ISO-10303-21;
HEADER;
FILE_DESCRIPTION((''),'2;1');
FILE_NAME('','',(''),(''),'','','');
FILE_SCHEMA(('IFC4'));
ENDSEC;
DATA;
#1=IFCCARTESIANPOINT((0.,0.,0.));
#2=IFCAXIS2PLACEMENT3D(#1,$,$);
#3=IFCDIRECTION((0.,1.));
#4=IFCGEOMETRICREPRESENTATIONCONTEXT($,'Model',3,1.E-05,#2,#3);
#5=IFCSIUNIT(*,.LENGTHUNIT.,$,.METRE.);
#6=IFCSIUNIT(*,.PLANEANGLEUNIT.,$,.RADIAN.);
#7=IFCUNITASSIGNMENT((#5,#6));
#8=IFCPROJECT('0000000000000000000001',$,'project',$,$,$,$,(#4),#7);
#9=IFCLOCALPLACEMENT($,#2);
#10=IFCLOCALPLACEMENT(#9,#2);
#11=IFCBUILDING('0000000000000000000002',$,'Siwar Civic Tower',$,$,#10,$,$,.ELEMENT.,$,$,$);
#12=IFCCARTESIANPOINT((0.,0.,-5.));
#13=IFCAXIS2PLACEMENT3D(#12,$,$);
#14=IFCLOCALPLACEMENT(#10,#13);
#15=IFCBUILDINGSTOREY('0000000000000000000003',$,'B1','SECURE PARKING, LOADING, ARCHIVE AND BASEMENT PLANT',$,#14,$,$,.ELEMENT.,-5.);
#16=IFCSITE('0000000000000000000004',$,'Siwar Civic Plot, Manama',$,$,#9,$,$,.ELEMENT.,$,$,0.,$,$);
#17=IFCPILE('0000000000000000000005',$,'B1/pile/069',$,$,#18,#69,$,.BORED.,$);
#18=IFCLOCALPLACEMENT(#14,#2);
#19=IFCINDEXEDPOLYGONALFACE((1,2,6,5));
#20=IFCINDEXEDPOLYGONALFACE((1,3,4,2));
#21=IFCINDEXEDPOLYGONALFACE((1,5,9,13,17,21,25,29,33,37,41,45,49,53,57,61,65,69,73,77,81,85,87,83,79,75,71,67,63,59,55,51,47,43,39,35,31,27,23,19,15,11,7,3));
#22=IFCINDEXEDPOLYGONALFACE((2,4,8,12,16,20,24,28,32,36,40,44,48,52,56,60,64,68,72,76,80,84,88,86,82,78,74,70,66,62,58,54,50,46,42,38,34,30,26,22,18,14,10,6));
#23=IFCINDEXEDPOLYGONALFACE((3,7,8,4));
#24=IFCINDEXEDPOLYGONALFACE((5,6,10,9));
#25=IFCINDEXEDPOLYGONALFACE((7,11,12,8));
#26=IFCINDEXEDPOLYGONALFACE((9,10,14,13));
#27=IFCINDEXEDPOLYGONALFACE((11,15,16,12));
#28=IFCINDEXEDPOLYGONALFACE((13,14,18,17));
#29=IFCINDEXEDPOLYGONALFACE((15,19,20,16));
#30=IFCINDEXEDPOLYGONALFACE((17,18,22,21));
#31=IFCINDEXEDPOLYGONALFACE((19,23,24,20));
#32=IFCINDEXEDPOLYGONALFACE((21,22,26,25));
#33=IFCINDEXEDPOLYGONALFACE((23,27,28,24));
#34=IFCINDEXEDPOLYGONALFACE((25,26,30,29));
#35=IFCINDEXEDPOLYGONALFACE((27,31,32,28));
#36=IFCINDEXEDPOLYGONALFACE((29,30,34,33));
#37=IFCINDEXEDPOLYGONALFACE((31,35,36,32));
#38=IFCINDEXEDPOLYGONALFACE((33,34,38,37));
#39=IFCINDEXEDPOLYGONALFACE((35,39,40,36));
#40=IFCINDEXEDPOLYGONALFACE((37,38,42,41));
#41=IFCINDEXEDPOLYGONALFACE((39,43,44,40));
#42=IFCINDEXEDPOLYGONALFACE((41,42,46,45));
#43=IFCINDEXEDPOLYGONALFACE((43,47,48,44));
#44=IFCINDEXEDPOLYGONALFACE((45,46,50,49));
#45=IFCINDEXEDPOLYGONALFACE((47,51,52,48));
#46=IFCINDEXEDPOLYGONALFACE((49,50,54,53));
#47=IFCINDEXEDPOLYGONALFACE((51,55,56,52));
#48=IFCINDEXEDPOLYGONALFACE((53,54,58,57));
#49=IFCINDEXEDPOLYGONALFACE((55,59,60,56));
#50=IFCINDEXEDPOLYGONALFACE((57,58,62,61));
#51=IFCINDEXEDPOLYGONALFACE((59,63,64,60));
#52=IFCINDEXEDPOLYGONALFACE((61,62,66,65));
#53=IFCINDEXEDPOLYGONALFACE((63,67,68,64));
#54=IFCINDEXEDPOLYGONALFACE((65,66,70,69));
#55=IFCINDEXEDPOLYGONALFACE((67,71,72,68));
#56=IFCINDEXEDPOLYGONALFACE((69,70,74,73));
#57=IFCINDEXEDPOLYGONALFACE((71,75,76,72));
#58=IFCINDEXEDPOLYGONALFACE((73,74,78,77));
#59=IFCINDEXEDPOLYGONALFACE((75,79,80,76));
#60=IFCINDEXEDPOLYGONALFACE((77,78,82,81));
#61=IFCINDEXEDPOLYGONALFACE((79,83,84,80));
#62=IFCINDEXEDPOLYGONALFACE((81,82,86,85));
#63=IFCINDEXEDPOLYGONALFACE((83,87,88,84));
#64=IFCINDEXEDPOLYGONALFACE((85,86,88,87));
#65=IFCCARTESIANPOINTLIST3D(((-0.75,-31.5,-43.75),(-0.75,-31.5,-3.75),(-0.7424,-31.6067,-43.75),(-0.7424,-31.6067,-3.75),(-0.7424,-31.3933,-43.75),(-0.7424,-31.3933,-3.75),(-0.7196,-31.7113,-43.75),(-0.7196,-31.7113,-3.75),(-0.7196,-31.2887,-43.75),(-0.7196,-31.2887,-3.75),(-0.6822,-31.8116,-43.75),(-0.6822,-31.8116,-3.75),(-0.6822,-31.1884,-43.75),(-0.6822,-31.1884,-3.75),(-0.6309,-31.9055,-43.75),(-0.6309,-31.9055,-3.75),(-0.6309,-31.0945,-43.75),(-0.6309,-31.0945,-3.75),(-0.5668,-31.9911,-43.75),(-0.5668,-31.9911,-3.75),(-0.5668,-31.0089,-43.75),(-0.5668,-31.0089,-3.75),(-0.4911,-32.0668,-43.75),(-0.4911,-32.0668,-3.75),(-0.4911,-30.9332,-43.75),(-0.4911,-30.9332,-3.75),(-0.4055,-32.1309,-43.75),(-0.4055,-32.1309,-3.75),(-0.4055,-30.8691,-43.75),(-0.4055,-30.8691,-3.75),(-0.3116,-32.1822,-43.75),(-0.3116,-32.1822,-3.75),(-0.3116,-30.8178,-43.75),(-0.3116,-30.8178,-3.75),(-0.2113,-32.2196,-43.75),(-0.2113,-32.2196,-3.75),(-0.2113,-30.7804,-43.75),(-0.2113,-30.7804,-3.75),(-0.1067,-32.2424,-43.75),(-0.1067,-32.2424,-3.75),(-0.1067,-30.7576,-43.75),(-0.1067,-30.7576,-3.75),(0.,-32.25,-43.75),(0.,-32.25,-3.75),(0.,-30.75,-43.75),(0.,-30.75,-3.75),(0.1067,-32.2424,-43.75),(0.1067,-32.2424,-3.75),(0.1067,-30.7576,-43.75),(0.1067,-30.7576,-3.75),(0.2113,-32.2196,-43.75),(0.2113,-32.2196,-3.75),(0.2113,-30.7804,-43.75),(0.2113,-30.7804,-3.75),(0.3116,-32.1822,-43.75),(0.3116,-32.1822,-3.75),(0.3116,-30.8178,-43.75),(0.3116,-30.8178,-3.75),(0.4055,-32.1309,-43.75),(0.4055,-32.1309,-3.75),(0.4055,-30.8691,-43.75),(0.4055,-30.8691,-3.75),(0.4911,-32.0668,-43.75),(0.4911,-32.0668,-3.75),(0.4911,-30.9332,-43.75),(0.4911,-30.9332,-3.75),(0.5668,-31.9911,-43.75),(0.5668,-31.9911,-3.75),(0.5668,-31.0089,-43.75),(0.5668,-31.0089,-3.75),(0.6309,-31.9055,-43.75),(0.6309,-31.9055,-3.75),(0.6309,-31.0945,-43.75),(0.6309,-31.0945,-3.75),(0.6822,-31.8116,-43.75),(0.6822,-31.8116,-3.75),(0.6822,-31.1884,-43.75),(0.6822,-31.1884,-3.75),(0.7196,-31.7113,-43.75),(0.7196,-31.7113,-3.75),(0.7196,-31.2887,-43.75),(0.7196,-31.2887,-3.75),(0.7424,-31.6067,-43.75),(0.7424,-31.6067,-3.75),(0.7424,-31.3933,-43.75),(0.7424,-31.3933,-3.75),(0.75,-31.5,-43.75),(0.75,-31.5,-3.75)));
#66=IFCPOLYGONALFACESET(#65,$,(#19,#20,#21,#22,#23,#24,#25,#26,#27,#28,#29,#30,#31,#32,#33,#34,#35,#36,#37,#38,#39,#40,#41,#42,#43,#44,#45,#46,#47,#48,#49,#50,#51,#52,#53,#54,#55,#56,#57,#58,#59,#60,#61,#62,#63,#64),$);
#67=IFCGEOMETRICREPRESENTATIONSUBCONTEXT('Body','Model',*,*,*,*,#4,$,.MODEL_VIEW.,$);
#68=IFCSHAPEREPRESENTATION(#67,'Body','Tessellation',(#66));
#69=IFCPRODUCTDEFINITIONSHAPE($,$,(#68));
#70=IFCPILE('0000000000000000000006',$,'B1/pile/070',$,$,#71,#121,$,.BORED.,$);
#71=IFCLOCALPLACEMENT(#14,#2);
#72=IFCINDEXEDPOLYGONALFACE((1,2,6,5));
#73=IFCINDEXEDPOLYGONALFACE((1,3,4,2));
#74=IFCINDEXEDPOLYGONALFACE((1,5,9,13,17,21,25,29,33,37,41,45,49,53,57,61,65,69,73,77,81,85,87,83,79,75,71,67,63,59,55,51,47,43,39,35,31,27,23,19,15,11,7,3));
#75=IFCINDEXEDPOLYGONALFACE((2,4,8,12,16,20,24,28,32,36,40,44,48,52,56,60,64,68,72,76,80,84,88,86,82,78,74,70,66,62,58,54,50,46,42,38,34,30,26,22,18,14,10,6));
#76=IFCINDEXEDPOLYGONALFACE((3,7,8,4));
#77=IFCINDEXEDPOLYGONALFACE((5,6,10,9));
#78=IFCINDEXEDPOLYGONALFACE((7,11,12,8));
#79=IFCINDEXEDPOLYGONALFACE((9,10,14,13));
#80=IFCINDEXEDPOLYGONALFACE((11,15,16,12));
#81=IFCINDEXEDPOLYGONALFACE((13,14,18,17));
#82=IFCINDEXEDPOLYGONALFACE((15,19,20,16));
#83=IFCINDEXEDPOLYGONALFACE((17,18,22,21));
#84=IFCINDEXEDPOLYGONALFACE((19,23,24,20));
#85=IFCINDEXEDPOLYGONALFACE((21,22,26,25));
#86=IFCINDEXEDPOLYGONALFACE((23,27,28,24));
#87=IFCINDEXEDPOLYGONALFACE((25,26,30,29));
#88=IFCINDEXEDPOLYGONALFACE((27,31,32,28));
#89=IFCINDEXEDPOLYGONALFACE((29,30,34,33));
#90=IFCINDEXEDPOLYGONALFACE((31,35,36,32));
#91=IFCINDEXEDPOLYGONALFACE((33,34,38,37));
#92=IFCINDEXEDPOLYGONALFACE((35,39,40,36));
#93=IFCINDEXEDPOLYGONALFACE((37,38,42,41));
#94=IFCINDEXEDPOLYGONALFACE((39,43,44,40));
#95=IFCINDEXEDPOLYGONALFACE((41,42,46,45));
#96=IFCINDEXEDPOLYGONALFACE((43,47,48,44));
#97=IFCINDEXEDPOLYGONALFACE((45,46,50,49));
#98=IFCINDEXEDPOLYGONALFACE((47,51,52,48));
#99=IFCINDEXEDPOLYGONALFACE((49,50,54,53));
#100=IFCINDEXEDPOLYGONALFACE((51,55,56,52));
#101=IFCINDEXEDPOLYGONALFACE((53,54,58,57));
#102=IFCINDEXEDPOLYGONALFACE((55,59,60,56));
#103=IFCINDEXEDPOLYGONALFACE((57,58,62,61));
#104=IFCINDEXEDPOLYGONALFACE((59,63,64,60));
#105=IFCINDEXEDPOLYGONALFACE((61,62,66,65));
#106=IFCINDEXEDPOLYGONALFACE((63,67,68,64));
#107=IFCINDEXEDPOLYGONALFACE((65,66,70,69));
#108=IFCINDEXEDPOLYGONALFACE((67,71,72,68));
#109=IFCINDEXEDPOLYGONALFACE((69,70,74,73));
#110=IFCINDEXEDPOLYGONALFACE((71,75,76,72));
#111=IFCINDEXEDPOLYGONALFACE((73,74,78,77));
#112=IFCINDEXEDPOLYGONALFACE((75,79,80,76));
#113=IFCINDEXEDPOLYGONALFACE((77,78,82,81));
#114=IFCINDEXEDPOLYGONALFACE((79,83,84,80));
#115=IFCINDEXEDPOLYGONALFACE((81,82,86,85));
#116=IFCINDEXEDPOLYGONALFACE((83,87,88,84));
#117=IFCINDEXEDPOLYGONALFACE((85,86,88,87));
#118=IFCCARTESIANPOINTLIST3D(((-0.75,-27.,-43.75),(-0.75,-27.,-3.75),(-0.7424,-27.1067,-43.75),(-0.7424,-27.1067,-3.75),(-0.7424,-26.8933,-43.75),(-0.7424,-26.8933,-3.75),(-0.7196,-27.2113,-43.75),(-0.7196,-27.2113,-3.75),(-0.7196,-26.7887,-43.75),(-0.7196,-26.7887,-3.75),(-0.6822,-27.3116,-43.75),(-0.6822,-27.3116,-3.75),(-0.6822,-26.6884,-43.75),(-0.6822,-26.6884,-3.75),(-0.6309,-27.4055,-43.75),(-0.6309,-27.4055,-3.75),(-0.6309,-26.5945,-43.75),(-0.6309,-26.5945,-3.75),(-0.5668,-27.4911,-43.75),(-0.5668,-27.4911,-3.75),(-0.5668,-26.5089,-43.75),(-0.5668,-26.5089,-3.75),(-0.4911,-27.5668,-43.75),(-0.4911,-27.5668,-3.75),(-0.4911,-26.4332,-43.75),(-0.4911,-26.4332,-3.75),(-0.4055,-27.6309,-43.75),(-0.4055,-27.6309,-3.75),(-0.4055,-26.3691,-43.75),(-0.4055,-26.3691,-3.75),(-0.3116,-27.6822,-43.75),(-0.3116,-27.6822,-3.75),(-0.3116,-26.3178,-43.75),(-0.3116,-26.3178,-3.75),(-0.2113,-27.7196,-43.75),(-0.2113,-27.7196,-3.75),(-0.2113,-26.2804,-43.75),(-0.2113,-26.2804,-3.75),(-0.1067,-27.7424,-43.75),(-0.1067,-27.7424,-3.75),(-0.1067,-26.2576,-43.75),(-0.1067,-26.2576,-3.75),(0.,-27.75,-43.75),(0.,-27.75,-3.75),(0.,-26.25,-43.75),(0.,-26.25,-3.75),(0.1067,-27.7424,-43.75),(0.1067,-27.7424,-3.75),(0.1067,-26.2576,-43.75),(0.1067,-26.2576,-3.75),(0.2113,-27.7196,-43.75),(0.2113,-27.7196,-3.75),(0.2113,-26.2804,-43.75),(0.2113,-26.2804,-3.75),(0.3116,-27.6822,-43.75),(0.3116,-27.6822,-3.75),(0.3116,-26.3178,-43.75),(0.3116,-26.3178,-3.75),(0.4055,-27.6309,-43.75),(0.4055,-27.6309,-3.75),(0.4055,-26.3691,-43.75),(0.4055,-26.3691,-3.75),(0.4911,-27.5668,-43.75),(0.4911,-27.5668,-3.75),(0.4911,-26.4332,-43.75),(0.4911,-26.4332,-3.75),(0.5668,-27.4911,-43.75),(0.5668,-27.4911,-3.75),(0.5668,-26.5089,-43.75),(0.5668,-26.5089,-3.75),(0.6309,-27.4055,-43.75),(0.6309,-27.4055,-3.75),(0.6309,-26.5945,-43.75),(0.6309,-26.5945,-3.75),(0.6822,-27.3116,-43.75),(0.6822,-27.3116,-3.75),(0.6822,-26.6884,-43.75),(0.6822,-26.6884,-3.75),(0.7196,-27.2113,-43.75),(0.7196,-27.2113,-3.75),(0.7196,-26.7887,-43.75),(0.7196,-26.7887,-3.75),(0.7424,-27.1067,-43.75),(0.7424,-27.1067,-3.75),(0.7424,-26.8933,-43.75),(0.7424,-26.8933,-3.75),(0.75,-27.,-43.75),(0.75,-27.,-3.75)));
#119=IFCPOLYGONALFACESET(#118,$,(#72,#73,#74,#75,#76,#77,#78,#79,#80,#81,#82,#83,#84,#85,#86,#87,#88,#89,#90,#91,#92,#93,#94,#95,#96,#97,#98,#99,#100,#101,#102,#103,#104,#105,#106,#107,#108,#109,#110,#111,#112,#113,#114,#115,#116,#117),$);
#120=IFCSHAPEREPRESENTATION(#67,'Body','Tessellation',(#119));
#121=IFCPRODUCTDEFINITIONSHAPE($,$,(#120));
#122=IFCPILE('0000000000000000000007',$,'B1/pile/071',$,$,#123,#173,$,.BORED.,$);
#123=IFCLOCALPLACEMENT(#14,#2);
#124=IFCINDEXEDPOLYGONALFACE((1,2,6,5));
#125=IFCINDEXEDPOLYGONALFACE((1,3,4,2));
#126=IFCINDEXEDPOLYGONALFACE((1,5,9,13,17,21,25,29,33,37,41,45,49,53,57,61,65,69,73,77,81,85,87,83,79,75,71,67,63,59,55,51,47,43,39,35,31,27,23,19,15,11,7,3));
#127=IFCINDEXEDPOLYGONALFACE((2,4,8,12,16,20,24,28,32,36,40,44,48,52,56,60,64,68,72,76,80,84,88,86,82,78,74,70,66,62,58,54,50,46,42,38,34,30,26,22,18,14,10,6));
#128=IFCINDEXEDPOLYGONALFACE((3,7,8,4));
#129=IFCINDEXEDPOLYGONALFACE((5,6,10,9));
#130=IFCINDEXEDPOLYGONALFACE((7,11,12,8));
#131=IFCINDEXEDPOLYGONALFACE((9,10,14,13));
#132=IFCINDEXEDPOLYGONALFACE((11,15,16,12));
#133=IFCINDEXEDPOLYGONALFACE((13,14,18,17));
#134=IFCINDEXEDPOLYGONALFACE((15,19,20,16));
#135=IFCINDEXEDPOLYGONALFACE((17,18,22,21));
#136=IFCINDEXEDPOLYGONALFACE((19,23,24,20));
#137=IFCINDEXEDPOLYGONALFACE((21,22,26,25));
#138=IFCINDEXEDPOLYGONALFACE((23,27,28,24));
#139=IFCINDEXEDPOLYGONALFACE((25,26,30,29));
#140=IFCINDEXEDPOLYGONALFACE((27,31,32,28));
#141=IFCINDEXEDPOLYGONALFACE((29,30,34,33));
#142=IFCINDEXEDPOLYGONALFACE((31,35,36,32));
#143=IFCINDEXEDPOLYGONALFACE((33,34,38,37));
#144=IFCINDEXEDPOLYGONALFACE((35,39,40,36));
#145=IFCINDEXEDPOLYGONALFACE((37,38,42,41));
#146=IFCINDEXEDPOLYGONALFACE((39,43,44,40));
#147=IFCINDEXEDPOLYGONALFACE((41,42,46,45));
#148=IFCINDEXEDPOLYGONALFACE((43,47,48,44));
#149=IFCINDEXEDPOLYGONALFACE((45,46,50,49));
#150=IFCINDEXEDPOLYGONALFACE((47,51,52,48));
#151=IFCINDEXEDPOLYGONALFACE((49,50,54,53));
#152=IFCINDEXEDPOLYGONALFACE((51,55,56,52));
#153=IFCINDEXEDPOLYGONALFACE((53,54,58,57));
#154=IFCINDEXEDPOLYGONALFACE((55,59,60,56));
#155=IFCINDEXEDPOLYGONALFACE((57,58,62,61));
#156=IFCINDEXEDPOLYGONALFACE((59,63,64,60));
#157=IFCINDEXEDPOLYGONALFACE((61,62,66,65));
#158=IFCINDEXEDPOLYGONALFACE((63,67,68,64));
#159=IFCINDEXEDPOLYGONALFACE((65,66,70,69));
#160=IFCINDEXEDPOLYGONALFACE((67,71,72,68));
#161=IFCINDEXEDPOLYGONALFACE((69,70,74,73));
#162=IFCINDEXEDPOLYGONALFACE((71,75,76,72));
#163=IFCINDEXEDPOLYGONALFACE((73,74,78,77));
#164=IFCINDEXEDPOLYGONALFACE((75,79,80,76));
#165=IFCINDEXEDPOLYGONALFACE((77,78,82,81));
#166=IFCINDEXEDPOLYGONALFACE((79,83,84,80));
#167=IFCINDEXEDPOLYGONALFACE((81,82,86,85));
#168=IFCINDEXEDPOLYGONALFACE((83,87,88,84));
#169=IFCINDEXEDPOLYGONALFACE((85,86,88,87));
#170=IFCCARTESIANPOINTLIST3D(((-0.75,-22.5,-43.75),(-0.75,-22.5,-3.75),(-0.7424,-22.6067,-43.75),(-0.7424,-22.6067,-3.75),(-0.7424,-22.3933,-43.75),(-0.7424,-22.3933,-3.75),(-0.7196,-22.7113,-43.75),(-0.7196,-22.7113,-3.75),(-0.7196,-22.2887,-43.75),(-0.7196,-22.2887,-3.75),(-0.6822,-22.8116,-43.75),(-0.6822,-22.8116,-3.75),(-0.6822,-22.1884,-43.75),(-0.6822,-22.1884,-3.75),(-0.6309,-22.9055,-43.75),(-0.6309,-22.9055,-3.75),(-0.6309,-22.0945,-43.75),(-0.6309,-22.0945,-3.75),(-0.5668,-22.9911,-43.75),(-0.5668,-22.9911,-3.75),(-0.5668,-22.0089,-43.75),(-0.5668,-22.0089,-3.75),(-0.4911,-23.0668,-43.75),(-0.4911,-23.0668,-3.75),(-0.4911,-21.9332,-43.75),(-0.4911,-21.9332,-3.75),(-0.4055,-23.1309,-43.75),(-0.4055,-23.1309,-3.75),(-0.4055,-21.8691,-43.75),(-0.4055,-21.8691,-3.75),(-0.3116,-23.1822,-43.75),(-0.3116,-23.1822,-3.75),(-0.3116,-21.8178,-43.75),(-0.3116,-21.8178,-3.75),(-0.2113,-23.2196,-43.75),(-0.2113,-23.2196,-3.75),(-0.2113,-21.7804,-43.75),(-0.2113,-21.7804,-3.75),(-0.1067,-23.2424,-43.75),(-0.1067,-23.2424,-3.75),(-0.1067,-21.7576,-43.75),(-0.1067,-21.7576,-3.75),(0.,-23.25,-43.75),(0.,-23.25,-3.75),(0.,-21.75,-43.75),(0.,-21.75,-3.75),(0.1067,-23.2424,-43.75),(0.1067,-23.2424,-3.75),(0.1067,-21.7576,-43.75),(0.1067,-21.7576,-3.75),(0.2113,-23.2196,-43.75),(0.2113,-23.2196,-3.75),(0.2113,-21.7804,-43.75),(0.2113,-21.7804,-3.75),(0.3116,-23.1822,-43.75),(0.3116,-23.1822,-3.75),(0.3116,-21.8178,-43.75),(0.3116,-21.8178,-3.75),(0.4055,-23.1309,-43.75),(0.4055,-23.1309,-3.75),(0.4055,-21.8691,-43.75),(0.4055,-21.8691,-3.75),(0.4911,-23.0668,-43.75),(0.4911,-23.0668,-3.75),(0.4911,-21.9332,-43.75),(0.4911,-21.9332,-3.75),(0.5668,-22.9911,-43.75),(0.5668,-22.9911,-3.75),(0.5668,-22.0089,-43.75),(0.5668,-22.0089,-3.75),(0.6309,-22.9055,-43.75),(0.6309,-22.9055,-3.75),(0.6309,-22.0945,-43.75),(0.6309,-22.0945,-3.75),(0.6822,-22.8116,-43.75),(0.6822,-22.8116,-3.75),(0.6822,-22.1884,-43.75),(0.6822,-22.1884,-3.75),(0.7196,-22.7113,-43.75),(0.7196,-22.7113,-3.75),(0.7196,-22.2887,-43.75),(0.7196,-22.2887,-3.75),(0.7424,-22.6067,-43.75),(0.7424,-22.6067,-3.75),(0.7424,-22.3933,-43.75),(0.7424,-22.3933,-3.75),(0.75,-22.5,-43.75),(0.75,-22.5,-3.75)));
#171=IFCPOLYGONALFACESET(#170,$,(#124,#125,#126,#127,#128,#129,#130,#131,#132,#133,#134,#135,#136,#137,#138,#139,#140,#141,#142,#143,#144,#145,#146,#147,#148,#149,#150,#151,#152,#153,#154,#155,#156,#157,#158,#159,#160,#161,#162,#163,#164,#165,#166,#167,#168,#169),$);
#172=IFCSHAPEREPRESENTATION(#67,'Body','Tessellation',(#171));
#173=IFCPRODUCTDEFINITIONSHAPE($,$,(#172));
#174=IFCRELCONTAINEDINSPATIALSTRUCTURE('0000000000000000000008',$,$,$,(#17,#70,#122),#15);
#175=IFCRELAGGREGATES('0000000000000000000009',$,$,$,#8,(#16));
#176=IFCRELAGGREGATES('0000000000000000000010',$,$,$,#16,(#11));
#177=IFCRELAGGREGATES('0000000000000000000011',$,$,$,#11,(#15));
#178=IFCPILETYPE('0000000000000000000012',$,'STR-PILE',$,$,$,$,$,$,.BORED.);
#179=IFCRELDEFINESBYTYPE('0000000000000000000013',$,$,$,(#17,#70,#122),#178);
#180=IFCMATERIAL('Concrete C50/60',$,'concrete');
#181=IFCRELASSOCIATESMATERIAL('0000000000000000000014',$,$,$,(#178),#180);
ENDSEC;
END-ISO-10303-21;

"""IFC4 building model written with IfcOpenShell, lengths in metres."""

from ifc_helpers import new_model, si_unit, direction, frame, origin, origin_2d, place, context, subcontext, project, spatial, circle, extrude, material, material_profile, profile_set, type_object, element, save


model = new_model("IFC4")

# Units and contexts
model_context = context("Model", 3, precision=1e-05, world=origin(), true_north=direction((0.0, 1.0)))
body_context = subcontext(model_context, "Body", "Model", "MODEL_VIEW")
ifc_project = project(units=[si_unit("LENGTHUNIT", "METRE"), si_unit("PLANEANGLEUNIT", "RADIAN")], contexts=[model_context])

# Site, building, storey
site_placement = place(None, origin())
site = spatial("IfcSite", under=ifc_project, at=site_placement, Name="Siwar Civic Plot, Manama", CompositionType="ELEMENT", RefElevation=0.0)
building_placement = place(site_placement, origin())
building = spatial("IfcBuilding", under=site, at=building_placement, Name="Siwar Civic Tower", CompositionType="ELEMENT")
storey_placement = place(building_placement, frame((0.0, 0.0, -5.0)))
storey = spatial("IfcBuildingStorey", under=building, at=storey_placement, Name="B1", Description="SECURE PARKING, LOADING, ARCHIVE AND BASEMENT PLANT", CompositionType="ELEMENT", Elevation=-5.0)

# Piles
ifc_material_1 = material(Name="Concrete C50/60", Category="concrete")
ifc_material_profile_1 = material_profile(ifc_material_1, circle(Radius=0.75, at=origin_2d()), Name="PILE1500")
ifc_profile_set_1 = profile_set([ifc_material_profile_1], Name="Concrete C50/60")
pile_type = type_object("IfcPileType", Name="STR-PILE", PredefinedType="BORED", material=ifc_profile_set_1)
for number, where, z_axis, x_axis, name in (
    (1, (0.0, -31.5, -3.75), (0.0, 0.0, -1.0), (1.0, 0.0, 0.0), "B1/pile/069"),
    (2, (0.0, -27.0, -3.75), (0.0, 0.0, -1.0), (1.0, 0.0, 0.0), "B1/pile/070"),
    (3, (0.0, -22.5, -3.75), (0.0, 0.0, -1.0), (1.0, 0.0, 0.0), "B1/pile/071"),
):
    element("IfcPile", number, at=place(storey_placement, frame(where, z_axis=z_axis, x_axis=x_axis)), inside=storey, type_object=pile_type, Name=name, PredefinedType="BORED", context=body_context, shape_type="SweptSolid", body=[
        extrude(circle(Radius=0.75, at=origin_2d()), origin(), (0.0, 0.0, 1.0), 40.0),
    ])

save(model, "model.ifc")
